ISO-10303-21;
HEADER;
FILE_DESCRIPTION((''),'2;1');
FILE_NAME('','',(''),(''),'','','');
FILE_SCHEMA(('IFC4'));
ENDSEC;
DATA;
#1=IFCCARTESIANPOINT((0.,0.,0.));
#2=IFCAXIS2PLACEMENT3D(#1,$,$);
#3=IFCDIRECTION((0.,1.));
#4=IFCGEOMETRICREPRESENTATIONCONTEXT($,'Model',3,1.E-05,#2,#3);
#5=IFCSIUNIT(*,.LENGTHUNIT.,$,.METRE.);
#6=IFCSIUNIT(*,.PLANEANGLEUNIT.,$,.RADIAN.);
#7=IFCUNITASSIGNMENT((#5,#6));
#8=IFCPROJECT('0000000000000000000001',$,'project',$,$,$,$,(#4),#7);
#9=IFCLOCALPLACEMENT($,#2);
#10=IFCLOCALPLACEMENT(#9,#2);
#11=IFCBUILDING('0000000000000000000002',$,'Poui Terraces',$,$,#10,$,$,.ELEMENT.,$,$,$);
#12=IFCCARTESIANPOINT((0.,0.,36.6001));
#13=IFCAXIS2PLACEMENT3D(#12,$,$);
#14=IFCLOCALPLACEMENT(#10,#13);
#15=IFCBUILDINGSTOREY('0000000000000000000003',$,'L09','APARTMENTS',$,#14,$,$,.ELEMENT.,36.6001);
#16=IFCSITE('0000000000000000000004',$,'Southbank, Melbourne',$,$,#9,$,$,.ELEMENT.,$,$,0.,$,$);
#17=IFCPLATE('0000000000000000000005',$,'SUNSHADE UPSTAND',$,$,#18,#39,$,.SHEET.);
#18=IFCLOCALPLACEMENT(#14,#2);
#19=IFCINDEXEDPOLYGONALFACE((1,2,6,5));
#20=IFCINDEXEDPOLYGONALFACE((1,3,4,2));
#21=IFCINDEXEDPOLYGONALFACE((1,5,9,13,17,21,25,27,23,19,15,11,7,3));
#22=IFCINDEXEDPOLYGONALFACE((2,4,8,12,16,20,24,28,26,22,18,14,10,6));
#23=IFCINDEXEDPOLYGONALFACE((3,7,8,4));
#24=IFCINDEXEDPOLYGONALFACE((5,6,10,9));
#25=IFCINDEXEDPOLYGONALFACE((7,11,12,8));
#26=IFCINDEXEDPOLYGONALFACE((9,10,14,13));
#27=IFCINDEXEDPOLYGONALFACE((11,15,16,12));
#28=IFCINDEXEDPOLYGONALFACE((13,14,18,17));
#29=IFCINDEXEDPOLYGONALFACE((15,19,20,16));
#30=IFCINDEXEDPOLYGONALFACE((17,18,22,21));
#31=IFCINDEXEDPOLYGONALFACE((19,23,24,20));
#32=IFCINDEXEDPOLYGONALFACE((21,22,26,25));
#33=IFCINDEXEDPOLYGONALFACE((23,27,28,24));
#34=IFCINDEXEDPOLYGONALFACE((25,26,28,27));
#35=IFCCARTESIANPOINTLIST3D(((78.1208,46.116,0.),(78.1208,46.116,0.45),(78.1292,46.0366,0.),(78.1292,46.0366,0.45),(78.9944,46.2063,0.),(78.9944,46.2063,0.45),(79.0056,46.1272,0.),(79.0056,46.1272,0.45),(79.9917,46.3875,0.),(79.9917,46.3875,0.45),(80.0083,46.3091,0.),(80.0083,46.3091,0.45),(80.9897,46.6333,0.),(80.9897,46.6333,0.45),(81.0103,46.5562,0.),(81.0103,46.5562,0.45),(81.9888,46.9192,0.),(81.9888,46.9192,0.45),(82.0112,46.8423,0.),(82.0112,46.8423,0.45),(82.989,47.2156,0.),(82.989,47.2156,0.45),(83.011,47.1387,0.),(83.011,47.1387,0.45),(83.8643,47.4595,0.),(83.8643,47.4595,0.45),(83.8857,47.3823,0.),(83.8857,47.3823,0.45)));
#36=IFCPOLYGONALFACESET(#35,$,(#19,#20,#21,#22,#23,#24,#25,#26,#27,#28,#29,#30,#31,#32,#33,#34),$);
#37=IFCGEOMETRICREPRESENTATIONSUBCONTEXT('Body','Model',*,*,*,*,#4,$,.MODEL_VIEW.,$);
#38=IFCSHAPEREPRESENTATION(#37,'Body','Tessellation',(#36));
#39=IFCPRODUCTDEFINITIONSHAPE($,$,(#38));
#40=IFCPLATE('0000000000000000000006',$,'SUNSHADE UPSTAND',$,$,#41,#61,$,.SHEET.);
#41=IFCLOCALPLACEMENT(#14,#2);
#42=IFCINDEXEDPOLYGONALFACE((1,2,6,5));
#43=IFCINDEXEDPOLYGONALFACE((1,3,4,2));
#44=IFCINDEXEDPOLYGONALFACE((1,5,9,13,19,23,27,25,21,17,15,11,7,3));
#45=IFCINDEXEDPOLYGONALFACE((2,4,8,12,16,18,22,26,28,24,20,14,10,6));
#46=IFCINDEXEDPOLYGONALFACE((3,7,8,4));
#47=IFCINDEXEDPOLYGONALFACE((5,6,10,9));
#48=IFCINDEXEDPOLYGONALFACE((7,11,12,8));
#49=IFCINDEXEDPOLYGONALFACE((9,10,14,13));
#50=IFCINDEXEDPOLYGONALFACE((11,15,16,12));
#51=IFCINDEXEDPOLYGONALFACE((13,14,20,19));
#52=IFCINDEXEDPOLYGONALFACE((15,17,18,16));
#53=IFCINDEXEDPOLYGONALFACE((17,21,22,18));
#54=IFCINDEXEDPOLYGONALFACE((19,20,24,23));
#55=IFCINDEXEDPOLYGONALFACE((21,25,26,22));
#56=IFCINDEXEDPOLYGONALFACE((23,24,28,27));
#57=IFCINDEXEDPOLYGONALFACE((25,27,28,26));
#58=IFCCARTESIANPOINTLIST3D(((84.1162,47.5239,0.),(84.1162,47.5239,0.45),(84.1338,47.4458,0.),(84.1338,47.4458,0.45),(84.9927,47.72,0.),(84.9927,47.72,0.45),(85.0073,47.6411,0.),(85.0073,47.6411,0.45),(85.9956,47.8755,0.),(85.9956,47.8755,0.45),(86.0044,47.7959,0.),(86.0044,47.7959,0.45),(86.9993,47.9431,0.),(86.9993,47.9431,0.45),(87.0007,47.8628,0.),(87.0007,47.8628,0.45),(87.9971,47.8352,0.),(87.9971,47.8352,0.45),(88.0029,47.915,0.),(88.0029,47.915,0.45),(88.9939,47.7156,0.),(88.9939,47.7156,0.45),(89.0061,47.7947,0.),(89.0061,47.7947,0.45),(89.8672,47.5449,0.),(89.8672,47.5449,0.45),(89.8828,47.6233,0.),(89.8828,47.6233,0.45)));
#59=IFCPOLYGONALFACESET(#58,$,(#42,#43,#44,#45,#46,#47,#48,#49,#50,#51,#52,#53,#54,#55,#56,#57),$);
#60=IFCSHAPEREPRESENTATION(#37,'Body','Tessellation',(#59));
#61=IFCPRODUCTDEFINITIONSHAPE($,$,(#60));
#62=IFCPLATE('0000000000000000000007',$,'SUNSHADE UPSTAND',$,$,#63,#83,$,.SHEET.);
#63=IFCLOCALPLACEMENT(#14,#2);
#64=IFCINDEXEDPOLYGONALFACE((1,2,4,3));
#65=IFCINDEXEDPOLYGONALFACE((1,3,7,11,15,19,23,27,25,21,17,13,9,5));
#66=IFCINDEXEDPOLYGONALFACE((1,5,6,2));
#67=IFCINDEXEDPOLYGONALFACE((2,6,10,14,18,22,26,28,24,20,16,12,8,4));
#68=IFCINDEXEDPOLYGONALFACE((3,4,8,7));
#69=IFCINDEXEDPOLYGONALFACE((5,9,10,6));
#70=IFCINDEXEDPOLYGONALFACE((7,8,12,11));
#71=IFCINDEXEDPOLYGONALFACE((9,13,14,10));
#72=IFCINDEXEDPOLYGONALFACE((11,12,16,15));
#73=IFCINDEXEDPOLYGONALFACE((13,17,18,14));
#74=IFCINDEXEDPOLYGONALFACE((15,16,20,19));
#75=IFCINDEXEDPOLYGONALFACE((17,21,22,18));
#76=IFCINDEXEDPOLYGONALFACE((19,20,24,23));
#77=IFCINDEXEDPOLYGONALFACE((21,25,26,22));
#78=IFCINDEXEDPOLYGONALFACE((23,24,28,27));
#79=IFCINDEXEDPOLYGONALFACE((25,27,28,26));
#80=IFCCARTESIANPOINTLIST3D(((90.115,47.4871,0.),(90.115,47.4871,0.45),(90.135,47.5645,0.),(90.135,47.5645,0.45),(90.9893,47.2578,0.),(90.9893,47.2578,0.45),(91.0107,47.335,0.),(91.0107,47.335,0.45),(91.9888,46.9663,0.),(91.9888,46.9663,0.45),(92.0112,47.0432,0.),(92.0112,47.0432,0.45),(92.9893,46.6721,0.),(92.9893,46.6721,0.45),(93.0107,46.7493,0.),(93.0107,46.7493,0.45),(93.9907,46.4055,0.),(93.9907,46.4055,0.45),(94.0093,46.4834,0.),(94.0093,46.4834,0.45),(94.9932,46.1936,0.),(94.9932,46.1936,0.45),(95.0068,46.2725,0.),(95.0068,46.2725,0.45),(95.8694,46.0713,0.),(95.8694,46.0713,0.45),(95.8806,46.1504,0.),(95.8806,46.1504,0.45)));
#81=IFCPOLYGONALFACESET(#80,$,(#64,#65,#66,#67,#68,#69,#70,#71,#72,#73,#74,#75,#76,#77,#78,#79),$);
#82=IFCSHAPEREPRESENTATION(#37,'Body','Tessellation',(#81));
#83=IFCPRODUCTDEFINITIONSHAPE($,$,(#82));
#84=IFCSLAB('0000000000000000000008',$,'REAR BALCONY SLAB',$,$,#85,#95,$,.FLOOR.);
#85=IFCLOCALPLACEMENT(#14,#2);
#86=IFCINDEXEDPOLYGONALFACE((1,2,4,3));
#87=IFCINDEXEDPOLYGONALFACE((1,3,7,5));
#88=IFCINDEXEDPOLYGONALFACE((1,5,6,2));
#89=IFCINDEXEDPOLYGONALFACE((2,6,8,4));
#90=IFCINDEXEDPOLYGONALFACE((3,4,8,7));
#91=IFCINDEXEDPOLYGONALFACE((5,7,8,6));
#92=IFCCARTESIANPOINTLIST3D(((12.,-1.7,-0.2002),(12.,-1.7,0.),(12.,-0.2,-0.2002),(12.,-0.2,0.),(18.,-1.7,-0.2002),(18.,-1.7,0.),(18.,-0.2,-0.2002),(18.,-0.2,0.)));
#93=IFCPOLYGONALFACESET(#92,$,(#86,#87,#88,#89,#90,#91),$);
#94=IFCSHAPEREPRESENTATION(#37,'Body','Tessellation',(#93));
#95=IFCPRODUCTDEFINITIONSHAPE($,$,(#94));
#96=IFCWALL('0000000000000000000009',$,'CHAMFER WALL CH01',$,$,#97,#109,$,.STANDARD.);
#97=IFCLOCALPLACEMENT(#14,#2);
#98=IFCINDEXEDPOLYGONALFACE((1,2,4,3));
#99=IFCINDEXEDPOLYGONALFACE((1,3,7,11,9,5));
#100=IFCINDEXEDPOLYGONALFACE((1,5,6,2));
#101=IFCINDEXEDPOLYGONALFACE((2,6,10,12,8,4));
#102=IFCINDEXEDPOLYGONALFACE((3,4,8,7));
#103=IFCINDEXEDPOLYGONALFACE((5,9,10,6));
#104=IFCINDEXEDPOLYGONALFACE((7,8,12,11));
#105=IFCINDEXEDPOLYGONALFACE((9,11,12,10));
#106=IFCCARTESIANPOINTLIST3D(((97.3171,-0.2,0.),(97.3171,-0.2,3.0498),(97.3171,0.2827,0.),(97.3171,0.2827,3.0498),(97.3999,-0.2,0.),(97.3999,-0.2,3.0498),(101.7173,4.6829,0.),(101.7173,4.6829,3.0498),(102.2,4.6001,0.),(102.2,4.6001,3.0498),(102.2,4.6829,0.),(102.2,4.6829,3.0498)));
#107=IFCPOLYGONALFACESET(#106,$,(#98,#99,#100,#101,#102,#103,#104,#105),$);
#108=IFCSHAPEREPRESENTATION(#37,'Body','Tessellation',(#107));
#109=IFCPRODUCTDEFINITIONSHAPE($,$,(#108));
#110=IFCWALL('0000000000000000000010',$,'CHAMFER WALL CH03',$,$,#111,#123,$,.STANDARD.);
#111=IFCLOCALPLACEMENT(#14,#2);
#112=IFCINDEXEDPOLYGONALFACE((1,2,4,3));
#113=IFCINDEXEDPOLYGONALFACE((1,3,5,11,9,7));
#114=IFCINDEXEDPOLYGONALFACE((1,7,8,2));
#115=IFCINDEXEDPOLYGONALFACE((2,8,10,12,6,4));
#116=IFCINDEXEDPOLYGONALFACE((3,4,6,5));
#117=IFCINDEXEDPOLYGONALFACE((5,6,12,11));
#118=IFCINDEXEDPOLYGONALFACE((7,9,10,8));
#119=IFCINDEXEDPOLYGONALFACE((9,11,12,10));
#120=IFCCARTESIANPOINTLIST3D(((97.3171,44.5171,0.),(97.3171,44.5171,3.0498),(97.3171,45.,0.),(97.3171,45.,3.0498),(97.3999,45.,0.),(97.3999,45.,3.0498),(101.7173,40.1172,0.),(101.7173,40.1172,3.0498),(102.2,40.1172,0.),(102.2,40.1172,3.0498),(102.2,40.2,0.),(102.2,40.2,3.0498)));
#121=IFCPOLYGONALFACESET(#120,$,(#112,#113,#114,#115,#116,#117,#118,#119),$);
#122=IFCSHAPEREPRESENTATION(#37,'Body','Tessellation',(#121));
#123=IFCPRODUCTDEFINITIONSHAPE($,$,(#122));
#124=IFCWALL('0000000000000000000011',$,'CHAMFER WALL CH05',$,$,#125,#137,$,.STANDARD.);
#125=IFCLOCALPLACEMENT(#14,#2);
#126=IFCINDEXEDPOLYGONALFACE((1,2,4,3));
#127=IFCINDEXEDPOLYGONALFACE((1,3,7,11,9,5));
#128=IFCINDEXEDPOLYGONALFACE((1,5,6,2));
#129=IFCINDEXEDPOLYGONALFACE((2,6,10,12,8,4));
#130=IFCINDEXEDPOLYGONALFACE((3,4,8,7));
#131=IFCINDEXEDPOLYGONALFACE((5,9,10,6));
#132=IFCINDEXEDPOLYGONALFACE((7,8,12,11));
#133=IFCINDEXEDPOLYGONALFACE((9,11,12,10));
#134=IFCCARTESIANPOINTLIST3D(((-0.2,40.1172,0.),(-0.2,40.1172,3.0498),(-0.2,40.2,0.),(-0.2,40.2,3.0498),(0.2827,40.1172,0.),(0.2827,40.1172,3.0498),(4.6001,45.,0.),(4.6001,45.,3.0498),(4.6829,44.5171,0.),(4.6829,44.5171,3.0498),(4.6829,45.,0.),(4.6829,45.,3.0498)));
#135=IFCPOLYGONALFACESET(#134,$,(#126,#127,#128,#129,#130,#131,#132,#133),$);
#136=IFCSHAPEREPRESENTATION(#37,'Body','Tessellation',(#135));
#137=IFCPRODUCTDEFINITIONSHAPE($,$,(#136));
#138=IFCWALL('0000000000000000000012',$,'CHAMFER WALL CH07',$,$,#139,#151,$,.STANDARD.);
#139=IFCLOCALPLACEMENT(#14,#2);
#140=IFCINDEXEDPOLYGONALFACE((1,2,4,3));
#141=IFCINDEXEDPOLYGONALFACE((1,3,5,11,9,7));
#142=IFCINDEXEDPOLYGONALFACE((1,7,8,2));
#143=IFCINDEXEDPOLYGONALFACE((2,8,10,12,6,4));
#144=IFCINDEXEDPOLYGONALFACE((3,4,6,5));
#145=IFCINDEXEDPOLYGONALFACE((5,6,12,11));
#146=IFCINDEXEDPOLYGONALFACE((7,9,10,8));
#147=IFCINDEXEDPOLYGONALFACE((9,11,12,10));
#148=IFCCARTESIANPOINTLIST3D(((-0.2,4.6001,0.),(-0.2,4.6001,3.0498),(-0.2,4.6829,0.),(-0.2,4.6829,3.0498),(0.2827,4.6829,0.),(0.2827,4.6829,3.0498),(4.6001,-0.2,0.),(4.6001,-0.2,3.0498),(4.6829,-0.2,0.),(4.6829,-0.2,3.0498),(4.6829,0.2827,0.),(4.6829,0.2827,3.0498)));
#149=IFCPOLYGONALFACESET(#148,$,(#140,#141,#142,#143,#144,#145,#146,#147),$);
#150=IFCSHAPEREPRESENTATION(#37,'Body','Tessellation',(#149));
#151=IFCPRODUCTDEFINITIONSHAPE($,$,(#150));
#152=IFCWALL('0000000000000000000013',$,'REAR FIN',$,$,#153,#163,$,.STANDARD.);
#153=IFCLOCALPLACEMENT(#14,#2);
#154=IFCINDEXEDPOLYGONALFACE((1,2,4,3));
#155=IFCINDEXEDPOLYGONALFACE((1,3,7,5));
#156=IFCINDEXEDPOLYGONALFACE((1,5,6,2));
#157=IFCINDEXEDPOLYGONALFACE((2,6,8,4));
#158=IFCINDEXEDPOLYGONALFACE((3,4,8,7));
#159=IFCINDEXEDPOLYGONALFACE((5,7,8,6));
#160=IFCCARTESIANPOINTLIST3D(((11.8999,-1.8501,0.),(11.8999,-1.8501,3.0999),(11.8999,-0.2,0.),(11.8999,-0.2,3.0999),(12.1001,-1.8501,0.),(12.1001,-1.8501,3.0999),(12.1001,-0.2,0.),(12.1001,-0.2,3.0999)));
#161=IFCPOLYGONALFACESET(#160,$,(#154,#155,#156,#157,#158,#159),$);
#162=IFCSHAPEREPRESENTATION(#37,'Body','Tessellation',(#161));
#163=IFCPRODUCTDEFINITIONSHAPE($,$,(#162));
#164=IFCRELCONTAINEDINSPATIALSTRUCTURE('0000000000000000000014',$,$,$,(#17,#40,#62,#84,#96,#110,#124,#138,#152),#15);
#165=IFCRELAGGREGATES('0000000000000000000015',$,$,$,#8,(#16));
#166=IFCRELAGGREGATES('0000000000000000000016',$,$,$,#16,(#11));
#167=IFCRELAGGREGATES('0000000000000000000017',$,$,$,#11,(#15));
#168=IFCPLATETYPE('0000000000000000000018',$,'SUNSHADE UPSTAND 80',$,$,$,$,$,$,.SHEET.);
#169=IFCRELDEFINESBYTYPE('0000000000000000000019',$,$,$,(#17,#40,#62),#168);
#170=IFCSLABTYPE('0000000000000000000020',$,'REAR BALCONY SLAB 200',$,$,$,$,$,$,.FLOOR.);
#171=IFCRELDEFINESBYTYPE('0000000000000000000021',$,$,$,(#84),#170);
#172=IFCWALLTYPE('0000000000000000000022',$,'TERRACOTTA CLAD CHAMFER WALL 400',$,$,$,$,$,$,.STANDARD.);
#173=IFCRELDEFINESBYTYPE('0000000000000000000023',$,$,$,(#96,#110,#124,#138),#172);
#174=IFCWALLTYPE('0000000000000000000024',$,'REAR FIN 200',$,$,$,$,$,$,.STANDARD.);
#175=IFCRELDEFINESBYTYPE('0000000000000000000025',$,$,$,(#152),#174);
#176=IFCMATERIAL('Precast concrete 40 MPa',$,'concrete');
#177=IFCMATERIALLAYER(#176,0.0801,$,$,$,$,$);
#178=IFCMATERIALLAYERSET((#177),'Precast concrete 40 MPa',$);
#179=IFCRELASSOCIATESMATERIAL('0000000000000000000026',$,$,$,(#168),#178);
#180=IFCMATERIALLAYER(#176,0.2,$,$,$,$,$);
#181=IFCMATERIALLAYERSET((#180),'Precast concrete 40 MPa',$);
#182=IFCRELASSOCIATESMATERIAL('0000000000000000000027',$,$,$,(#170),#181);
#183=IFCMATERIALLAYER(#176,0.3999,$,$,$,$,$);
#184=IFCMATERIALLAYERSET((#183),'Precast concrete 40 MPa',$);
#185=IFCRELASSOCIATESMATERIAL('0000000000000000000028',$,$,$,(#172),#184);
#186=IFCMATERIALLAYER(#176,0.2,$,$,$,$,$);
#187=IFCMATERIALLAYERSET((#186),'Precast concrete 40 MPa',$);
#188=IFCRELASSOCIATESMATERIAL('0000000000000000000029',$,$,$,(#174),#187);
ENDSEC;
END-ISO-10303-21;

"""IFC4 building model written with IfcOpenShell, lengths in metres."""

from ifc_helpers import new_model, si_unit, direction, frame, origin, place, context, subcontext, project, spatial, polyline, outline, extrude, source, transform, mapped, material, layer, layer_set, type_object, element, save


model = new_model("IFC4")

# Units and contexts
model_context = context("Model", 3, precision=1e-05, world=origin(), true_north=direction((0.0, 1.0)))
body_context = subcontext(model_context, "Body", "Model", "MODEL_VIEW")
ifc_project = project(units=[si_unit("LENGTHUNIT", "METRE"), si_unit("PLANEANGLEUNIT", "RADIAN")], contexts=[model_context])

# Site, building, storey
site_placement = place(None, origin())
site = spatial("IfcSite", under=ifc_project, at=site_placement, Name="Southbank, Melbourne", CompositionType="ELEMENT", RefElevation=0.0)
building_placement = place(site_placement, origin())
building = spatial("IfcBuilding", under=site, at=building_placement, Name="Poui Terraces", CompositionType="ELEMENT")
storey_placement = place(building_placement, frame((0.0, 0.0, 36.6001)))
storey = spatial("IfcBuildingStorey", under=building, at=storey_placement, Name="L09", Description="APARTMENTS", CompositionType="ELEMENT", Elevation=36.6001)

# Shared definitions
ifc_material_1 = material(Name="Precast concrete 40 MPa", Category="concrete")

# Plates
ifc_layer_1 = layer(ifc_material_1, 0.0801)
ifc_layer_set_1 = layer_set([ifc_layer_1], Name="Precast concrete 40 MPa")
plate_type = type_object("IfcPlateType", Name="SUNSHADE UPSTAND 80", PredefinedType="SHEET", material=ifc_layer_set_1)
plate_1_placement = place(storey_placement, origin())
element("IfcPlate", 1, at=plate_1_placement, inside=storey, type_object=plate_type, Name="SUNSHADE UPSTAND", PredefinedType="SHEET", context=body_context, shape_type="SweptSolid", body=[
    extrude(outline(polyline([(78.9944, 46.2063), (78.1208, 46.116), (78.1292, 46.0366), (79.0056, 46.1272), (80.0083, 46.3091), (81.0103, 46.5562), (82.0112, 46.8423), (83.011, 47.1387), (83.8857, 47.3823), (83.8643, 47.4595), (82.989, 47.2156), (81.9888, 46.9192), (80.9897, 46.6333), (79.9917, 46.3875), (78.9944, 46.2063)])), origin(), (0.0, 0.0, 1.0), 0.45),
])
plate_2_placement = place(storey_placement, origin())
element("IfcPlate", 2, at=plate_2_placement, inside=storey, type_object=plate_type, Name="SUNSHADE UPSTAND", PredefinedType="SHEET", context=body_context, shape_type="SweptSolid", body=[
    extrude(outline(polyline([(84.9927, 47.72), (84.1162, 47.5239), (84.1338, 47.4458), (85.0073, 47.6411), (86.0044, 47.7959), (87.0007, 47.8628), (87.9971, 47.8352), (88.9939, 47.7156), (89.8672, 47.5449), (89.8828, 47.6233), (89.0061, 47.7947), (88.0029, 47.915), (86.9993, 47.9431), (85.9956, 47.8755), (84.9927, 47.72)])), origin(), (0.0, 0.0, 1.0), 0.45),
])
plate_3_placement = place(storey_placement, origin())
element("IfcPlate", 3, at=plate_3_placement, inside=storey, type_object=plate_type, Name="SUNSHADE UPSTAND", PredefinedType="SHEET", context=body_context, shape_type="SweptSolid", body=[
    extrude(outline(polyline([(91.0107, 47.335), (90.135, 47.5645), (90.115, 47.4871), (90.9893, 47.2578), (91.9888, 46.9663), (92.9893, 46.6721), (93.9907, 46.4055), (94.9932, 46.1936), (95.8694, 46.0713), (95.8806, 46.1504), (95.0068, 46.2725), (94.0093, 46.4834), (93.0107, 46.7493), (92.0112, 47.0432), (91.0107, 47.335)])), origin(), (0.0, 0.0, 1.0), 0.45),
])

# Slab
ifc_layer_2 = layer(ifc_material_1, 0.2)
ifc_layer_set_2 = layer_set([ifc_layer_2], Name="Precast concrete 40 MPa")
slab_type_1 = type_object("IfcSlabType", Name="REAR BALCONY SLAB 200", PredefinedType="FLOOR", material=ifc_layer_set_2)
shared_shape_1 = source(origin(), body_context, "Body", "SweptSolid", [
    extrude(outline(polyline([(0.0, 0.0), (6.0, 0.0), (6.0, 1.5), (0.0, 1.5), (0.0, 0.0)])), origin(), (0.0, 0.0, 1.0), 0.2002),
])
slab_1_placement = place(storey_placement, frame((12.0, -1.7, -0.2002)))
element("IfcSlab", 4, at=slab_1_placement, inside=storey, type_object=slab_type_1, Name="REAR BALCONY SLAB", PredefinedType="FLOOR", context=body_context, shape_type="MappedRepresentation", body=[
    mapped(shared_shape_1, transform((0.0, 0.0, 0.0))),
])

# Walls
ifc_layer_3 = layer(ifc_material_1, 0.3999)
ifc_layer_set_3 = layer_set([ifc_layer_3], Name="Precast concrete 40 MPa")
wall_type_1 = type_object("IfcWallType", Name="TERRACOTTA CLAD CHAMFER WALL 400", PredefinedType="STANDARD", material=ifc_layer_set_3)
wall_1_placement = place(storey_placement, origin())
element("IfcWall", 5, at=wall_1_placement, inside=storey, type_object=wall_type_1, Name="CHAMFER WALL CH01", PredefinedType="STANDARD", context=body_context, shape_type="SweptSolid", body=[
    extrude(outline(polyline([(97.3171, -0.2), (97.3999, -0.2), (102.2, 4.6001), (102.2, 4.6829), (101.7173, 4.6829), (97.3171, 0.2827), (97.3171, -0.2)])), origin(), (0.0, 0.0, 1.0), 3.0498),
])
wall_2_placement = place(storey_placement, origin())
element("IfcWall", 6, at=wall_2_placement, inside=storey, type_object=wall_type_1, Name="CHAMFER WALL CH03", PredefinedType="STANDARD", context=body_context, shape_type="SweptSolid", body=[
    extrude(outline(polyline([(102.2, 40.1172), (102.2, 40.2), (97.3999, 45.0), (97.3171, 45.0), (97.3171, 44.5171), (101.7173, 40.1172), (102.2, 40.1172)])), origin(), (0.0, 0.0, 1.0), 3.0498),
])
wall_3_placement = place(storey_placement, origin())
element("IfcWall", 7, at=wall_3_placement, inside=storey, type_object=wall_type_1, Name="CHAMFER WALL CH05", PredefinedType="STANDARD", context=body_context, shape_type="SweptSolid", body=[
    extrude(outline(polyline([(4.6829, 45.0), (4.6001, 45.0), (-0.2, 40.2), (-0.2, 40.1172), (0.2827, 40.1172), (4.6829, 44.5171), (4.6829, 45.0)])), origin(), (0.0, 0.0, 1.0), 3.0498),
])
wall_4_placement = place(storey_placement, origin())
element("IfcWall", 8, at=wall_4_placement, inside=storey, type_object=wall_type_1, Name="CHAMFER WALL CH07", PredefinedType="STANDARD", context=body_context, shape_type="SweptSolid", body=[
    extrude(outline(polyline([(-0.2, 4.6829), (-0.2, 4.6001), (4.6001, -0.2), (4.6829, -0.2), (4.6829, 0.2827), (0.2827, 4.6829), (-0.2, 4.6829)])), origin(), (0.0, 0.0, 1.0), 3.0498),
])
ifc_layer_4 = layer(ifc_material_1, 0.2)
ifc_layer_set_4 = layer_set([ifc_layer_4], Name="Precast concrete 40 MPa")
wall_type_2 = type_object("IfcWallType", Name="REAR FIN 200", PredefinedType="STANDARD", material=ifc_layer_set_4)
shared_shape_2 = source(origin(), body_context, "Body", "SweptSolid", [
    extrude(outline(polyline([(0.0, 0.0), (0.2002, 0.0), (0.2002, 1.6501), (0.0, 1.6501), (0.0, 0.0)])), origin(), (0.0, 0.0, 1.0), 3.0999),
])
wall_5_placement = place(storey_placement, frame((11.8999, -1.8501, 0.0)))
element("IfcWall", 9, at=wall_5_placement, inside=storey, type_object=wall_type_2, Name="REAR FIN", PredefinedType="STANDARD", context=body_context, shape_type="MappedRepresentation", body=[
    mapped(shared_shape_2, transform((0.0, 0.0, 0.0))),
])

save(model, "model.ifc")
